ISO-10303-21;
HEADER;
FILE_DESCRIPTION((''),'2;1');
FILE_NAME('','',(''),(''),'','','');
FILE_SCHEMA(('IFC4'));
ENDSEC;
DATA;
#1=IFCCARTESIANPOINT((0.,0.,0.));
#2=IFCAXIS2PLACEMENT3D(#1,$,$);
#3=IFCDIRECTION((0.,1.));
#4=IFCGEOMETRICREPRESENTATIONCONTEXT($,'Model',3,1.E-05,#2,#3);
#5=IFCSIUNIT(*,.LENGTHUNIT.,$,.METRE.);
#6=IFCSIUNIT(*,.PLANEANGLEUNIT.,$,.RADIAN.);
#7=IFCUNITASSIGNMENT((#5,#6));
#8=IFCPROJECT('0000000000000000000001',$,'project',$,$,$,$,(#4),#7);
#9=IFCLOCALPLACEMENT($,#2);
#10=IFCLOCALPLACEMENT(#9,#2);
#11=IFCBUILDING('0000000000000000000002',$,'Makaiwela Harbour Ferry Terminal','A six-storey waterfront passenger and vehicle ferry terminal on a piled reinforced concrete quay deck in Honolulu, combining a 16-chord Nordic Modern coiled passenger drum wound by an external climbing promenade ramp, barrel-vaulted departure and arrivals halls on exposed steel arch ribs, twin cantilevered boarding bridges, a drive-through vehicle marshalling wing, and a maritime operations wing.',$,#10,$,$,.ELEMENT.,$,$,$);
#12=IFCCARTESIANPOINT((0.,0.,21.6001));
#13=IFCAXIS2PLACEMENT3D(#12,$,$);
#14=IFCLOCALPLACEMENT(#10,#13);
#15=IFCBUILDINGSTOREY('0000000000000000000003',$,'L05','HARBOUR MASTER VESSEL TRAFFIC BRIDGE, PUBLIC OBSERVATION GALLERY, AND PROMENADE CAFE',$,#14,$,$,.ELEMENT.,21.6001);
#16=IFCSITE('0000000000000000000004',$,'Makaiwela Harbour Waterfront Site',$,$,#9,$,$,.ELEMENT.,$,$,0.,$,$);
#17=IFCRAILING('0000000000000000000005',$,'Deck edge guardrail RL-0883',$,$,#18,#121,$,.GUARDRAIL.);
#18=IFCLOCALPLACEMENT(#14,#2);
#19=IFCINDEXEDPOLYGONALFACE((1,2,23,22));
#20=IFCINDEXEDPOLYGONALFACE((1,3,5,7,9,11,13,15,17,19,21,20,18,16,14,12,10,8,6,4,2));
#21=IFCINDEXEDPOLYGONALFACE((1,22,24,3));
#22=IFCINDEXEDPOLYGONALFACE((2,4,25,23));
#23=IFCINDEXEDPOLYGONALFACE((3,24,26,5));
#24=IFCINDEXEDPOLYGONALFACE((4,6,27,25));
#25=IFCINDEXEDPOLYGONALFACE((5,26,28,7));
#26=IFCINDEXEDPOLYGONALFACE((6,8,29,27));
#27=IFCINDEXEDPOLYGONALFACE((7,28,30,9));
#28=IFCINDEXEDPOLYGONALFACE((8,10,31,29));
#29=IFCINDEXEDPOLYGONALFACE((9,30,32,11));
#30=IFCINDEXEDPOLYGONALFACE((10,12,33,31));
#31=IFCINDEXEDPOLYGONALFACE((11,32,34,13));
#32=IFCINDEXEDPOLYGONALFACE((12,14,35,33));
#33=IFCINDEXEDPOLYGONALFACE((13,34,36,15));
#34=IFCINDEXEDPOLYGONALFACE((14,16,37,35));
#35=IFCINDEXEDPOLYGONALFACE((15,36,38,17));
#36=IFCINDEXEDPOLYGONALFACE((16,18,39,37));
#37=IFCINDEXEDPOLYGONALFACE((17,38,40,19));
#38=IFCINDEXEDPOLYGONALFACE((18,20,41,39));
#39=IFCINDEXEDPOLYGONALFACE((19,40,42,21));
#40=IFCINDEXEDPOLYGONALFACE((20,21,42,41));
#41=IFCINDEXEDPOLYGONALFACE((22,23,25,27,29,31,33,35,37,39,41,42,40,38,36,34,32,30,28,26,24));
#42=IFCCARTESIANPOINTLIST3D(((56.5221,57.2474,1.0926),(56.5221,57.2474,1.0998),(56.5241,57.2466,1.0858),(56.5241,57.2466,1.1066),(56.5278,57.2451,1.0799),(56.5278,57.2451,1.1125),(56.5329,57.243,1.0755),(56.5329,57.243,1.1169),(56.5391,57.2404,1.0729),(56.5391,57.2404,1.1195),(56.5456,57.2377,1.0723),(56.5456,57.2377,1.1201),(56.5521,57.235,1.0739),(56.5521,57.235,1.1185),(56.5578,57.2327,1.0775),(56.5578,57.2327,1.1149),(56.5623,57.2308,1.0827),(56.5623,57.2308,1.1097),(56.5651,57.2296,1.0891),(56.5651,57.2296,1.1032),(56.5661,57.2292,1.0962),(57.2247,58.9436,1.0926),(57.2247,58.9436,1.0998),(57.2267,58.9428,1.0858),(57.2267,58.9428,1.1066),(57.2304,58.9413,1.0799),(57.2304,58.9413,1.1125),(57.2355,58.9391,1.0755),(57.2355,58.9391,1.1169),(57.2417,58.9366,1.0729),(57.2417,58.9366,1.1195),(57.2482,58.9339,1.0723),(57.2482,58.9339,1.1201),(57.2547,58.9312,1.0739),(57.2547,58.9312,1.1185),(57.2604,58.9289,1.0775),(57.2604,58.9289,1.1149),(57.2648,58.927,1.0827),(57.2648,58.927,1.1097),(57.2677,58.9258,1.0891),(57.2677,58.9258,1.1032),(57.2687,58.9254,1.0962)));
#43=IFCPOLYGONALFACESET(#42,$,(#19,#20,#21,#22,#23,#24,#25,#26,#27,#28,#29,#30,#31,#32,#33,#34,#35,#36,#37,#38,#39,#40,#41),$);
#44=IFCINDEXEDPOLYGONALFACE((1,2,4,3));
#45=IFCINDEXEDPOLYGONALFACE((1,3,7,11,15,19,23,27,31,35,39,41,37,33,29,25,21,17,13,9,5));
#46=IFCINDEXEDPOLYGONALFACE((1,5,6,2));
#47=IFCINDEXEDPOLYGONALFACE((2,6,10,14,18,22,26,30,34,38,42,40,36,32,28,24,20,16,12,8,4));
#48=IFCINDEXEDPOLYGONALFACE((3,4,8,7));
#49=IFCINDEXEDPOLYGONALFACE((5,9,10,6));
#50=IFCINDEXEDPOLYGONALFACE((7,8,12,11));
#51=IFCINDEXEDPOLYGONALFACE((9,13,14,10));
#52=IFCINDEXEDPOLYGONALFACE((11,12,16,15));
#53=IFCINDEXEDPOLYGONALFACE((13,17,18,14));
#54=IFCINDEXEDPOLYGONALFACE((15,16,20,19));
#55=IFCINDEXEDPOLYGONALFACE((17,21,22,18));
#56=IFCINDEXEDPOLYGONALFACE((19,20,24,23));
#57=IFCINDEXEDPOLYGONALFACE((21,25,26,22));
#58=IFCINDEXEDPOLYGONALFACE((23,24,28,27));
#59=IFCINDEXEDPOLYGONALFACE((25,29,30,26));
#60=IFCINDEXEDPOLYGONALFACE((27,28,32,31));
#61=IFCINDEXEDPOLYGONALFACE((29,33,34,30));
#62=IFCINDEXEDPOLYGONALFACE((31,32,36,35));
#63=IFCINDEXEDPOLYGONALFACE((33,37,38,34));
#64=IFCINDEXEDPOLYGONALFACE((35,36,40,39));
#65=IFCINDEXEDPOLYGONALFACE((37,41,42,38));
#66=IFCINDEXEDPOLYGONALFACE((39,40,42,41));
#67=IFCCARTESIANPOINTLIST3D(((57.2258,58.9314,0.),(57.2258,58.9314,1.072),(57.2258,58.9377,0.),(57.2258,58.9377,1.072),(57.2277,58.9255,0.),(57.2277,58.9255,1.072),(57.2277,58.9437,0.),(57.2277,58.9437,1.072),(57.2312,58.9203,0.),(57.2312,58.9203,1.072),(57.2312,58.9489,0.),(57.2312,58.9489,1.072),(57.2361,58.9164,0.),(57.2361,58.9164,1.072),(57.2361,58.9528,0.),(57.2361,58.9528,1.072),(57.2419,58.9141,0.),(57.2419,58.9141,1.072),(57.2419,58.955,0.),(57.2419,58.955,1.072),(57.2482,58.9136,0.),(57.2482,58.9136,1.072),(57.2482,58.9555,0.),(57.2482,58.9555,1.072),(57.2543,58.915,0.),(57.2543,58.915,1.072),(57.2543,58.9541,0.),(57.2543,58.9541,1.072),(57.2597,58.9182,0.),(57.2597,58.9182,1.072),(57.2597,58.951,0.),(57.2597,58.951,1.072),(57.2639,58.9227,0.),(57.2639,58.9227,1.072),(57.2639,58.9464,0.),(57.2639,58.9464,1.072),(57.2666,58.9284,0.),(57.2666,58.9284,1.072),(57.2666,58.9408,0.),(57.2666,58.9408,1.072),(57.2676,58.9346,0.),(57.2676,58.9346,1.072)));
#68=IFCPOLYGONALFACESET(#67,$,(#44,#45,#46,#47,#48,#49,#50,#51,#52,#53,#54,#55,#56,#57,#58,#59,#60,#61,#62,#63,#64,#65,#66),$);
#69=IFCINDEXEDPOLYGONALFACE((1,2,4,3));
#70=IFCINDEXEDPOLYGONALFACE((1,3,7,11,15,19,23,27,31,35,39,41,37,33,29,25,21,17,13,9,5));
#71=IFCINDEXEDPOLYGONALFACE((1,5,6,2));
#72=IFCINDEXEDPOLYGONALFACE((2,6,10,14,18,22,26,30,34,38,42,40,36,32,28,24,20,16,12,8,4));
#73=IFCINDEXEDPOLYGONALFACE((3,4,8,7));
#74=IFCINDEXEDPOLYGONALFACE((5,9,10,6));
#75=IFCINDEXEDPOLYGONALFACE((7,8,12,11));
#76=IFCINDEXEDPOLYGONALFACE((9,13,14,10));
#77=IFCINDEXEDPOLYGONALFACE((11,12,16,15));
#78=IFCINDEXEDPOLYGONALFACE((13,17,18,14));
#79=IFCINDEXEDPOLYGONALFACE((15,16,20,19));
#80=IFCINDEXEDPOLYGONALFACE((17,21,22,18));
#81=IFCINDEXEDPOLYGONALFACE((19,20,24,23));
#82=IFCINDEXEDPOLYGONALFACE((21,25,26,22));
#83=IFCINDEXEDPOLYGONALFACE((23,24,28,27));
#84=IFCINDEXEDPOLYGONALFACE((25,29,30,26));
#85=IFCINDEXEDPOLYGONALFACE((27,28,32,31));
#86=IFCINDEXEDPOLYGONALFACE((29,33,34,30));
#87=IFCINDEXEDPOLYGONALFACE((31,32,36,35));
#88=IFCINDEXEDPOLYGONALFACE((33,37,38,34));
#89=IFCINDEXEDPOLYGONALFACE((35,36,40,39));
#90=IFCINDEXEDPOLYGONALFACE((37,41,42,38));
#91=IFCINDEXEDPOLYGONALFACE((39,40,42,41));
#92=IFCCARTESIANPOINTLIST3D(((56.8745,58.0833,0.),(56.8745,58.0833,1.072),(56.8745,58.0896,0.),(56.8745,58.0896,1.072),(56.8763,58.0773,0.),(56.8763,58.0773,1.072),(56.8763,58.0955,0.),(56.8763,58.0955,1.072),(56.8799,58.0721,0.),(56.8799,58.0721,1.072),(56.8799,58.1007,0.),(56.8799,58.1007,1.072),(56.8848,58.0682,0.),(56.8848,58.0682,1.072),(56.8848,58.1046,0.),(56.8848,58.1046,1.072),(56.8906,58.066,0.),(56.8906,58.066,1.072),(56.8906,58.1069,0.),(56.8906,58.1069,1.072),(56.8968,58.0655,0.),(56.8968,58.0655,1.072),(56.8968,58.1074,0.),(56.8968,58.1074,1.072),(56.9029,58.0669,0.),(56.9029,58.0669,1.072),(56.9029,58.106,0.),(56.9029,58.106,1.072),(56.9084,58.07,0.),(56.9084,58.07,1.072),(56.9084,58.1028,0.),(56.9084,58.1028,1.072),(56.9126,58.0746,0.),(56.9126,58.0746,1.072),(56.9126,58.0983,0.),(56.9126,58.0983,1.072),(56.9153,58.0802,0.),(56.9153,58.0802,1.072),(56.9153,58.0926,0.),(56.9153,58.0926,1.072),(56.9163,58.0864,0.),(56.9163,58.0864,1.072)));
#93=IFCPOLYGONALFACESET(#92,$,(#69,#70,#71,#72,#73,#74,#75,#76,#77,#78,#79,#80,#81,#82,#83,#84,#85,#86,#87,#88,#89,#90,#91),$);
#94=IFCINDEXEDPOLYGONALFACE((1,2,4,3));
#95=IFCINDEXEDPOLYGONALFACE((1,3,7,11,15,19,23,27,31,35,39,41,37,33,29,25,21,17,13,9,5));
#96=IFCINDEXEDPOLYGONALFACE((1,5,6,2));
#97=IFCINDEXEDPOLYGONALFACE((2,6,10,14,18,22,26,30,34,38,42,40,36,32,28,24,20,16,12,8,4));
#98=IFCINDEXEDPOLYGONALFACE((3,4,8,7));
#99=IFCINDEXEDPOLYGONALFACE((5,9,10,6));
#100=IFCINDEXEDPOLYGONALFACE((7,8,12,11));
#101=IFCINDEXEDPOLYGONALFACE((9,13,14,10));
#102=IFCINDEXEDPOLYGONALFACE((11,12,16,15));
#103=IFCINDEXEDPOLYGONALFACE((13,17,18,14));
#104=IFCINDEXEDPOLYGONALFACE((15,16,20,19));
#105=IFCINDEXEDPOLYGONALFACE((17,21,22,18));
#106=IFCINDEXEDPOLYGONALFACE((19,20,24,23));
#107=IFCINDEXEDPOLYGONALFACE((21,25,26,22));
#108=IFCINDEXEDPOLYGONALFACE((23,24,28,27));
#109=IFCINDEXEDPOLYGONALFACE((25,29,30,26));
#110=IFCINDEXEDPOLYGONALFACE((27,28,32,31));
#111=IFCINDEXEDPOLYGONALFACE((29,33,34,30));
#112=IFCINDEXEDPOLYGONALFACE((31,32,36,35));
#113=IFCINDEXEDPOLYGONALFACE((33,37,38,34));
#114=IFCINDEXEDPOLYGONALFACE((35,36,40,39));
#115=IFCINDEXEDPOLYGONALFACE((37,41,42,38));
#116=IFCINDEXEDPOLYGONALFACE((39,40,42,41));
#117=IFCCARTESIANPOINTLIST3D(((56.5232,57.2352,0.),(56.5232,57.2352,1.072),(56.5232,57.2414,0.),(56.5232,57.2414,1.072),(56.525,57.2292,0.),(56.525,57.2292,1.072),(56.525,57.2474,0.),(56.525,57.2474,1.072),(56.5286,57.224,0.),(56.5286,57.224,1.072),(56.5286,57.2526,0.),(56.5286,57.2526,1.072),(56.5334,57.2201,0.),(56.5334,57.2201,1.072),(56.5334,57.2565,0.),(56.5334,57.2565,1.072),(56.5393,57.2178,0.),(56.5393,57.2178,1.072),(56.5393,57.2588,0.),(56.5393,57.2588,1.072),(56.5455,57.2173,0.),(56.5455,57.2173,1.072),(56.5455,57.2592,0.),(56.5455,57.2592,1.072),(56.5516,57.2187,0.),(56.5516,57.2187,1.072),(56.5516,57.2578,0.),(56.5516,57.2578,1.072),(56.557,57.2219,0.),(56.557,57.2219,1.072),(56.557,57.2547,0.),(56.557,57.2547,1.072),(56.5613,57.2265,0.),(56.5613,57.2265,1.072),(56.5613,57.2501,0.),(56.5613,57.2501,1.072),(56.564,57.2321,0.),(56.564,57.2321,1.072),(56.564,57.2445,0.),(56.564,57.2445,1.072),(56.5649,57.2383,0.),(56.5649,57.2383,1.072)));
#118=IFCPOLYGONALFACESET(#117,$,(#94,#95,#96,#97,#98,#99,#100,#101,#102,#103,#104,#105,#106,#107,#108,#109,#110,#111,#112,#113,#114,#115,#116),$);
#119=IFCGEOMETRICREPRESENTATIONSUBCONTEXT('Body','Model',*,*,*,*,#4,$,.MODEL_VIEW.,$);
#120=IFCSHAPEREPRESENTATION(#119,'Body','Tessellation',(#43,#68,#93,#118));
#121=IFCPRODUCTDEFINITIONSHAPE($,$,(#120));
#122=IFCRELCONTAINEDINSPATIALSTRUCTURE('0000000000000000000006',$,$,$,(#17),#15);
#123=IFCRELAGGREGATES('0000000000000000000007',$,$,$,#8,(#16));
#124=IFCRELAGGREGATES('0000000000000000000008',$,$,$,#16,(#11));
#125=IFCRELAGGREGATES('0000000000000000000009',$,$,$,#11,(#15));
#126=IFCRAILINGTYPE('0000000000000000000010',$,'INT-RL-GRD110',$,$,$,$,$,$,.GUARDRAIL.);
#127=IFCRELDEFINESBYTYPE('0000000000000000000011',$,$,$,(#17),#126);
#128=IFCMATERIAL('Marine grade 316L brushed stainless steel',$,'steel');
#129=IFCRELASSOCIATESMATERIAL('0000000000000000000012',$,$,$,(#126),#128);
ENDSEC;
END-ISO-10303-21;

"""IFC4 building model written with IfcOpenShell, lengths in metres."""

from ifc_helpers import new_model, si_unit, direction, frame, origin, origin_2d, place, context, subcontext, project, spatial, circle, extrude, material, type_object, element, save


model = new_model("IFC4")

# Units and contexts
model_context = context("Model", 3, precision=1e-05, world=origin(), true_north=direction((0.0, 1.0)))
body_context = subcontext(model_context, "Body", "Model", "MODEL_VIEW")
ifc_project = project(units=[si_unit("LENGTHUNIT", "METRE"), si_unit("PLANEANGLEUNIT", "RADIAN")], contexts=[model_context])

# Site, building, storey
site_placement = place(None, origin())
site = spatial("IfcSite", under=ifc_project, at=site_placement, Name="Makaiwela Harbour Waterfront Site", CompositionType="ELEMENT", RefElevation=0.0)
building_placement = place(site_placement, origin())
building = spatial("IfcBuilding", under=site, at=building_placement, Name="Makaiwela Harbour Ferry Terminal", Description="A six-storey waterfront passenger and vehicle ferry terminal on a piled reinforced concrete quay deck in Honolulu, combining a 16-chord Nordic Modern coiled passenger drum wound by an external climbing promenade ramp, barrel-vaulted departure and arrivals halls on exposed steel arch ribs, twin cantilevered boarding bridges, a drive-through vehicle marshalling wing, and a maritime operations wing.", CompositionType="ELEMENT")
storey_placement = place(building_placement, frame((0.0, 0.0, 21.6001)))
storey = spatial("IfcBuildingStorey", under=building, at=storey_placement, Name="L05", Description="HARBOUR MASTER VESSEL TRAFFIC BRIDGE, PUBLIC OBSERVATION GALLERY, AND PROMENADE CAFE", CompositionType="ELEMENT", Elevation=21.6001)

# Railing
ifc_material_1 = material(Name="Marine grade 316L brushed stainless steel", Category="steel")
railing_type = type_object("IfcRailingType", Name="INT-RL-GRD110", PredefinedType="GUARDRAIL", material=ifc_material_1)
for number, where, name in (
    (1, (57.2466, 58.9346, 0.0), "Deck edge guardrail RL-0883"),
):
    element("IfcRailing", number, at=place(storey_placement, frame(where)), inside=storey, type_object=railing_type, Name=name, PredefinedType="GUARDRAIL", context=body_context, shape_type="SweptSolid", body=[
        extrude(circle(Radius=0.0239, at=origin_2d()), frame((0.0, 0.0, 1.0962), z_axis=(-0.382688, -0.923877, 0.0), x_axis=(0.923877, -0.382688, 0.0)), (0.0, 0.0, 1.0), 1.8359),
        extrude(circle(Radius=0.021, at=origin_2d()), origin(), (0.0, 0.0, 1.0), 1.072),
        extrude(circle(Radius=0.021, at=origin_2d()), frame((-0.3513, -0.8481, 0.0)), (0.0, 0.0, 1.0), 1.072),
        extrude(circle(Radius=0.021, at=origin_2d()), frame((-0.7026, -1.6963, 0.0)), (0.0, 0.0, 1.0), 1.072),
    ])

save(model, "model.ifc")
